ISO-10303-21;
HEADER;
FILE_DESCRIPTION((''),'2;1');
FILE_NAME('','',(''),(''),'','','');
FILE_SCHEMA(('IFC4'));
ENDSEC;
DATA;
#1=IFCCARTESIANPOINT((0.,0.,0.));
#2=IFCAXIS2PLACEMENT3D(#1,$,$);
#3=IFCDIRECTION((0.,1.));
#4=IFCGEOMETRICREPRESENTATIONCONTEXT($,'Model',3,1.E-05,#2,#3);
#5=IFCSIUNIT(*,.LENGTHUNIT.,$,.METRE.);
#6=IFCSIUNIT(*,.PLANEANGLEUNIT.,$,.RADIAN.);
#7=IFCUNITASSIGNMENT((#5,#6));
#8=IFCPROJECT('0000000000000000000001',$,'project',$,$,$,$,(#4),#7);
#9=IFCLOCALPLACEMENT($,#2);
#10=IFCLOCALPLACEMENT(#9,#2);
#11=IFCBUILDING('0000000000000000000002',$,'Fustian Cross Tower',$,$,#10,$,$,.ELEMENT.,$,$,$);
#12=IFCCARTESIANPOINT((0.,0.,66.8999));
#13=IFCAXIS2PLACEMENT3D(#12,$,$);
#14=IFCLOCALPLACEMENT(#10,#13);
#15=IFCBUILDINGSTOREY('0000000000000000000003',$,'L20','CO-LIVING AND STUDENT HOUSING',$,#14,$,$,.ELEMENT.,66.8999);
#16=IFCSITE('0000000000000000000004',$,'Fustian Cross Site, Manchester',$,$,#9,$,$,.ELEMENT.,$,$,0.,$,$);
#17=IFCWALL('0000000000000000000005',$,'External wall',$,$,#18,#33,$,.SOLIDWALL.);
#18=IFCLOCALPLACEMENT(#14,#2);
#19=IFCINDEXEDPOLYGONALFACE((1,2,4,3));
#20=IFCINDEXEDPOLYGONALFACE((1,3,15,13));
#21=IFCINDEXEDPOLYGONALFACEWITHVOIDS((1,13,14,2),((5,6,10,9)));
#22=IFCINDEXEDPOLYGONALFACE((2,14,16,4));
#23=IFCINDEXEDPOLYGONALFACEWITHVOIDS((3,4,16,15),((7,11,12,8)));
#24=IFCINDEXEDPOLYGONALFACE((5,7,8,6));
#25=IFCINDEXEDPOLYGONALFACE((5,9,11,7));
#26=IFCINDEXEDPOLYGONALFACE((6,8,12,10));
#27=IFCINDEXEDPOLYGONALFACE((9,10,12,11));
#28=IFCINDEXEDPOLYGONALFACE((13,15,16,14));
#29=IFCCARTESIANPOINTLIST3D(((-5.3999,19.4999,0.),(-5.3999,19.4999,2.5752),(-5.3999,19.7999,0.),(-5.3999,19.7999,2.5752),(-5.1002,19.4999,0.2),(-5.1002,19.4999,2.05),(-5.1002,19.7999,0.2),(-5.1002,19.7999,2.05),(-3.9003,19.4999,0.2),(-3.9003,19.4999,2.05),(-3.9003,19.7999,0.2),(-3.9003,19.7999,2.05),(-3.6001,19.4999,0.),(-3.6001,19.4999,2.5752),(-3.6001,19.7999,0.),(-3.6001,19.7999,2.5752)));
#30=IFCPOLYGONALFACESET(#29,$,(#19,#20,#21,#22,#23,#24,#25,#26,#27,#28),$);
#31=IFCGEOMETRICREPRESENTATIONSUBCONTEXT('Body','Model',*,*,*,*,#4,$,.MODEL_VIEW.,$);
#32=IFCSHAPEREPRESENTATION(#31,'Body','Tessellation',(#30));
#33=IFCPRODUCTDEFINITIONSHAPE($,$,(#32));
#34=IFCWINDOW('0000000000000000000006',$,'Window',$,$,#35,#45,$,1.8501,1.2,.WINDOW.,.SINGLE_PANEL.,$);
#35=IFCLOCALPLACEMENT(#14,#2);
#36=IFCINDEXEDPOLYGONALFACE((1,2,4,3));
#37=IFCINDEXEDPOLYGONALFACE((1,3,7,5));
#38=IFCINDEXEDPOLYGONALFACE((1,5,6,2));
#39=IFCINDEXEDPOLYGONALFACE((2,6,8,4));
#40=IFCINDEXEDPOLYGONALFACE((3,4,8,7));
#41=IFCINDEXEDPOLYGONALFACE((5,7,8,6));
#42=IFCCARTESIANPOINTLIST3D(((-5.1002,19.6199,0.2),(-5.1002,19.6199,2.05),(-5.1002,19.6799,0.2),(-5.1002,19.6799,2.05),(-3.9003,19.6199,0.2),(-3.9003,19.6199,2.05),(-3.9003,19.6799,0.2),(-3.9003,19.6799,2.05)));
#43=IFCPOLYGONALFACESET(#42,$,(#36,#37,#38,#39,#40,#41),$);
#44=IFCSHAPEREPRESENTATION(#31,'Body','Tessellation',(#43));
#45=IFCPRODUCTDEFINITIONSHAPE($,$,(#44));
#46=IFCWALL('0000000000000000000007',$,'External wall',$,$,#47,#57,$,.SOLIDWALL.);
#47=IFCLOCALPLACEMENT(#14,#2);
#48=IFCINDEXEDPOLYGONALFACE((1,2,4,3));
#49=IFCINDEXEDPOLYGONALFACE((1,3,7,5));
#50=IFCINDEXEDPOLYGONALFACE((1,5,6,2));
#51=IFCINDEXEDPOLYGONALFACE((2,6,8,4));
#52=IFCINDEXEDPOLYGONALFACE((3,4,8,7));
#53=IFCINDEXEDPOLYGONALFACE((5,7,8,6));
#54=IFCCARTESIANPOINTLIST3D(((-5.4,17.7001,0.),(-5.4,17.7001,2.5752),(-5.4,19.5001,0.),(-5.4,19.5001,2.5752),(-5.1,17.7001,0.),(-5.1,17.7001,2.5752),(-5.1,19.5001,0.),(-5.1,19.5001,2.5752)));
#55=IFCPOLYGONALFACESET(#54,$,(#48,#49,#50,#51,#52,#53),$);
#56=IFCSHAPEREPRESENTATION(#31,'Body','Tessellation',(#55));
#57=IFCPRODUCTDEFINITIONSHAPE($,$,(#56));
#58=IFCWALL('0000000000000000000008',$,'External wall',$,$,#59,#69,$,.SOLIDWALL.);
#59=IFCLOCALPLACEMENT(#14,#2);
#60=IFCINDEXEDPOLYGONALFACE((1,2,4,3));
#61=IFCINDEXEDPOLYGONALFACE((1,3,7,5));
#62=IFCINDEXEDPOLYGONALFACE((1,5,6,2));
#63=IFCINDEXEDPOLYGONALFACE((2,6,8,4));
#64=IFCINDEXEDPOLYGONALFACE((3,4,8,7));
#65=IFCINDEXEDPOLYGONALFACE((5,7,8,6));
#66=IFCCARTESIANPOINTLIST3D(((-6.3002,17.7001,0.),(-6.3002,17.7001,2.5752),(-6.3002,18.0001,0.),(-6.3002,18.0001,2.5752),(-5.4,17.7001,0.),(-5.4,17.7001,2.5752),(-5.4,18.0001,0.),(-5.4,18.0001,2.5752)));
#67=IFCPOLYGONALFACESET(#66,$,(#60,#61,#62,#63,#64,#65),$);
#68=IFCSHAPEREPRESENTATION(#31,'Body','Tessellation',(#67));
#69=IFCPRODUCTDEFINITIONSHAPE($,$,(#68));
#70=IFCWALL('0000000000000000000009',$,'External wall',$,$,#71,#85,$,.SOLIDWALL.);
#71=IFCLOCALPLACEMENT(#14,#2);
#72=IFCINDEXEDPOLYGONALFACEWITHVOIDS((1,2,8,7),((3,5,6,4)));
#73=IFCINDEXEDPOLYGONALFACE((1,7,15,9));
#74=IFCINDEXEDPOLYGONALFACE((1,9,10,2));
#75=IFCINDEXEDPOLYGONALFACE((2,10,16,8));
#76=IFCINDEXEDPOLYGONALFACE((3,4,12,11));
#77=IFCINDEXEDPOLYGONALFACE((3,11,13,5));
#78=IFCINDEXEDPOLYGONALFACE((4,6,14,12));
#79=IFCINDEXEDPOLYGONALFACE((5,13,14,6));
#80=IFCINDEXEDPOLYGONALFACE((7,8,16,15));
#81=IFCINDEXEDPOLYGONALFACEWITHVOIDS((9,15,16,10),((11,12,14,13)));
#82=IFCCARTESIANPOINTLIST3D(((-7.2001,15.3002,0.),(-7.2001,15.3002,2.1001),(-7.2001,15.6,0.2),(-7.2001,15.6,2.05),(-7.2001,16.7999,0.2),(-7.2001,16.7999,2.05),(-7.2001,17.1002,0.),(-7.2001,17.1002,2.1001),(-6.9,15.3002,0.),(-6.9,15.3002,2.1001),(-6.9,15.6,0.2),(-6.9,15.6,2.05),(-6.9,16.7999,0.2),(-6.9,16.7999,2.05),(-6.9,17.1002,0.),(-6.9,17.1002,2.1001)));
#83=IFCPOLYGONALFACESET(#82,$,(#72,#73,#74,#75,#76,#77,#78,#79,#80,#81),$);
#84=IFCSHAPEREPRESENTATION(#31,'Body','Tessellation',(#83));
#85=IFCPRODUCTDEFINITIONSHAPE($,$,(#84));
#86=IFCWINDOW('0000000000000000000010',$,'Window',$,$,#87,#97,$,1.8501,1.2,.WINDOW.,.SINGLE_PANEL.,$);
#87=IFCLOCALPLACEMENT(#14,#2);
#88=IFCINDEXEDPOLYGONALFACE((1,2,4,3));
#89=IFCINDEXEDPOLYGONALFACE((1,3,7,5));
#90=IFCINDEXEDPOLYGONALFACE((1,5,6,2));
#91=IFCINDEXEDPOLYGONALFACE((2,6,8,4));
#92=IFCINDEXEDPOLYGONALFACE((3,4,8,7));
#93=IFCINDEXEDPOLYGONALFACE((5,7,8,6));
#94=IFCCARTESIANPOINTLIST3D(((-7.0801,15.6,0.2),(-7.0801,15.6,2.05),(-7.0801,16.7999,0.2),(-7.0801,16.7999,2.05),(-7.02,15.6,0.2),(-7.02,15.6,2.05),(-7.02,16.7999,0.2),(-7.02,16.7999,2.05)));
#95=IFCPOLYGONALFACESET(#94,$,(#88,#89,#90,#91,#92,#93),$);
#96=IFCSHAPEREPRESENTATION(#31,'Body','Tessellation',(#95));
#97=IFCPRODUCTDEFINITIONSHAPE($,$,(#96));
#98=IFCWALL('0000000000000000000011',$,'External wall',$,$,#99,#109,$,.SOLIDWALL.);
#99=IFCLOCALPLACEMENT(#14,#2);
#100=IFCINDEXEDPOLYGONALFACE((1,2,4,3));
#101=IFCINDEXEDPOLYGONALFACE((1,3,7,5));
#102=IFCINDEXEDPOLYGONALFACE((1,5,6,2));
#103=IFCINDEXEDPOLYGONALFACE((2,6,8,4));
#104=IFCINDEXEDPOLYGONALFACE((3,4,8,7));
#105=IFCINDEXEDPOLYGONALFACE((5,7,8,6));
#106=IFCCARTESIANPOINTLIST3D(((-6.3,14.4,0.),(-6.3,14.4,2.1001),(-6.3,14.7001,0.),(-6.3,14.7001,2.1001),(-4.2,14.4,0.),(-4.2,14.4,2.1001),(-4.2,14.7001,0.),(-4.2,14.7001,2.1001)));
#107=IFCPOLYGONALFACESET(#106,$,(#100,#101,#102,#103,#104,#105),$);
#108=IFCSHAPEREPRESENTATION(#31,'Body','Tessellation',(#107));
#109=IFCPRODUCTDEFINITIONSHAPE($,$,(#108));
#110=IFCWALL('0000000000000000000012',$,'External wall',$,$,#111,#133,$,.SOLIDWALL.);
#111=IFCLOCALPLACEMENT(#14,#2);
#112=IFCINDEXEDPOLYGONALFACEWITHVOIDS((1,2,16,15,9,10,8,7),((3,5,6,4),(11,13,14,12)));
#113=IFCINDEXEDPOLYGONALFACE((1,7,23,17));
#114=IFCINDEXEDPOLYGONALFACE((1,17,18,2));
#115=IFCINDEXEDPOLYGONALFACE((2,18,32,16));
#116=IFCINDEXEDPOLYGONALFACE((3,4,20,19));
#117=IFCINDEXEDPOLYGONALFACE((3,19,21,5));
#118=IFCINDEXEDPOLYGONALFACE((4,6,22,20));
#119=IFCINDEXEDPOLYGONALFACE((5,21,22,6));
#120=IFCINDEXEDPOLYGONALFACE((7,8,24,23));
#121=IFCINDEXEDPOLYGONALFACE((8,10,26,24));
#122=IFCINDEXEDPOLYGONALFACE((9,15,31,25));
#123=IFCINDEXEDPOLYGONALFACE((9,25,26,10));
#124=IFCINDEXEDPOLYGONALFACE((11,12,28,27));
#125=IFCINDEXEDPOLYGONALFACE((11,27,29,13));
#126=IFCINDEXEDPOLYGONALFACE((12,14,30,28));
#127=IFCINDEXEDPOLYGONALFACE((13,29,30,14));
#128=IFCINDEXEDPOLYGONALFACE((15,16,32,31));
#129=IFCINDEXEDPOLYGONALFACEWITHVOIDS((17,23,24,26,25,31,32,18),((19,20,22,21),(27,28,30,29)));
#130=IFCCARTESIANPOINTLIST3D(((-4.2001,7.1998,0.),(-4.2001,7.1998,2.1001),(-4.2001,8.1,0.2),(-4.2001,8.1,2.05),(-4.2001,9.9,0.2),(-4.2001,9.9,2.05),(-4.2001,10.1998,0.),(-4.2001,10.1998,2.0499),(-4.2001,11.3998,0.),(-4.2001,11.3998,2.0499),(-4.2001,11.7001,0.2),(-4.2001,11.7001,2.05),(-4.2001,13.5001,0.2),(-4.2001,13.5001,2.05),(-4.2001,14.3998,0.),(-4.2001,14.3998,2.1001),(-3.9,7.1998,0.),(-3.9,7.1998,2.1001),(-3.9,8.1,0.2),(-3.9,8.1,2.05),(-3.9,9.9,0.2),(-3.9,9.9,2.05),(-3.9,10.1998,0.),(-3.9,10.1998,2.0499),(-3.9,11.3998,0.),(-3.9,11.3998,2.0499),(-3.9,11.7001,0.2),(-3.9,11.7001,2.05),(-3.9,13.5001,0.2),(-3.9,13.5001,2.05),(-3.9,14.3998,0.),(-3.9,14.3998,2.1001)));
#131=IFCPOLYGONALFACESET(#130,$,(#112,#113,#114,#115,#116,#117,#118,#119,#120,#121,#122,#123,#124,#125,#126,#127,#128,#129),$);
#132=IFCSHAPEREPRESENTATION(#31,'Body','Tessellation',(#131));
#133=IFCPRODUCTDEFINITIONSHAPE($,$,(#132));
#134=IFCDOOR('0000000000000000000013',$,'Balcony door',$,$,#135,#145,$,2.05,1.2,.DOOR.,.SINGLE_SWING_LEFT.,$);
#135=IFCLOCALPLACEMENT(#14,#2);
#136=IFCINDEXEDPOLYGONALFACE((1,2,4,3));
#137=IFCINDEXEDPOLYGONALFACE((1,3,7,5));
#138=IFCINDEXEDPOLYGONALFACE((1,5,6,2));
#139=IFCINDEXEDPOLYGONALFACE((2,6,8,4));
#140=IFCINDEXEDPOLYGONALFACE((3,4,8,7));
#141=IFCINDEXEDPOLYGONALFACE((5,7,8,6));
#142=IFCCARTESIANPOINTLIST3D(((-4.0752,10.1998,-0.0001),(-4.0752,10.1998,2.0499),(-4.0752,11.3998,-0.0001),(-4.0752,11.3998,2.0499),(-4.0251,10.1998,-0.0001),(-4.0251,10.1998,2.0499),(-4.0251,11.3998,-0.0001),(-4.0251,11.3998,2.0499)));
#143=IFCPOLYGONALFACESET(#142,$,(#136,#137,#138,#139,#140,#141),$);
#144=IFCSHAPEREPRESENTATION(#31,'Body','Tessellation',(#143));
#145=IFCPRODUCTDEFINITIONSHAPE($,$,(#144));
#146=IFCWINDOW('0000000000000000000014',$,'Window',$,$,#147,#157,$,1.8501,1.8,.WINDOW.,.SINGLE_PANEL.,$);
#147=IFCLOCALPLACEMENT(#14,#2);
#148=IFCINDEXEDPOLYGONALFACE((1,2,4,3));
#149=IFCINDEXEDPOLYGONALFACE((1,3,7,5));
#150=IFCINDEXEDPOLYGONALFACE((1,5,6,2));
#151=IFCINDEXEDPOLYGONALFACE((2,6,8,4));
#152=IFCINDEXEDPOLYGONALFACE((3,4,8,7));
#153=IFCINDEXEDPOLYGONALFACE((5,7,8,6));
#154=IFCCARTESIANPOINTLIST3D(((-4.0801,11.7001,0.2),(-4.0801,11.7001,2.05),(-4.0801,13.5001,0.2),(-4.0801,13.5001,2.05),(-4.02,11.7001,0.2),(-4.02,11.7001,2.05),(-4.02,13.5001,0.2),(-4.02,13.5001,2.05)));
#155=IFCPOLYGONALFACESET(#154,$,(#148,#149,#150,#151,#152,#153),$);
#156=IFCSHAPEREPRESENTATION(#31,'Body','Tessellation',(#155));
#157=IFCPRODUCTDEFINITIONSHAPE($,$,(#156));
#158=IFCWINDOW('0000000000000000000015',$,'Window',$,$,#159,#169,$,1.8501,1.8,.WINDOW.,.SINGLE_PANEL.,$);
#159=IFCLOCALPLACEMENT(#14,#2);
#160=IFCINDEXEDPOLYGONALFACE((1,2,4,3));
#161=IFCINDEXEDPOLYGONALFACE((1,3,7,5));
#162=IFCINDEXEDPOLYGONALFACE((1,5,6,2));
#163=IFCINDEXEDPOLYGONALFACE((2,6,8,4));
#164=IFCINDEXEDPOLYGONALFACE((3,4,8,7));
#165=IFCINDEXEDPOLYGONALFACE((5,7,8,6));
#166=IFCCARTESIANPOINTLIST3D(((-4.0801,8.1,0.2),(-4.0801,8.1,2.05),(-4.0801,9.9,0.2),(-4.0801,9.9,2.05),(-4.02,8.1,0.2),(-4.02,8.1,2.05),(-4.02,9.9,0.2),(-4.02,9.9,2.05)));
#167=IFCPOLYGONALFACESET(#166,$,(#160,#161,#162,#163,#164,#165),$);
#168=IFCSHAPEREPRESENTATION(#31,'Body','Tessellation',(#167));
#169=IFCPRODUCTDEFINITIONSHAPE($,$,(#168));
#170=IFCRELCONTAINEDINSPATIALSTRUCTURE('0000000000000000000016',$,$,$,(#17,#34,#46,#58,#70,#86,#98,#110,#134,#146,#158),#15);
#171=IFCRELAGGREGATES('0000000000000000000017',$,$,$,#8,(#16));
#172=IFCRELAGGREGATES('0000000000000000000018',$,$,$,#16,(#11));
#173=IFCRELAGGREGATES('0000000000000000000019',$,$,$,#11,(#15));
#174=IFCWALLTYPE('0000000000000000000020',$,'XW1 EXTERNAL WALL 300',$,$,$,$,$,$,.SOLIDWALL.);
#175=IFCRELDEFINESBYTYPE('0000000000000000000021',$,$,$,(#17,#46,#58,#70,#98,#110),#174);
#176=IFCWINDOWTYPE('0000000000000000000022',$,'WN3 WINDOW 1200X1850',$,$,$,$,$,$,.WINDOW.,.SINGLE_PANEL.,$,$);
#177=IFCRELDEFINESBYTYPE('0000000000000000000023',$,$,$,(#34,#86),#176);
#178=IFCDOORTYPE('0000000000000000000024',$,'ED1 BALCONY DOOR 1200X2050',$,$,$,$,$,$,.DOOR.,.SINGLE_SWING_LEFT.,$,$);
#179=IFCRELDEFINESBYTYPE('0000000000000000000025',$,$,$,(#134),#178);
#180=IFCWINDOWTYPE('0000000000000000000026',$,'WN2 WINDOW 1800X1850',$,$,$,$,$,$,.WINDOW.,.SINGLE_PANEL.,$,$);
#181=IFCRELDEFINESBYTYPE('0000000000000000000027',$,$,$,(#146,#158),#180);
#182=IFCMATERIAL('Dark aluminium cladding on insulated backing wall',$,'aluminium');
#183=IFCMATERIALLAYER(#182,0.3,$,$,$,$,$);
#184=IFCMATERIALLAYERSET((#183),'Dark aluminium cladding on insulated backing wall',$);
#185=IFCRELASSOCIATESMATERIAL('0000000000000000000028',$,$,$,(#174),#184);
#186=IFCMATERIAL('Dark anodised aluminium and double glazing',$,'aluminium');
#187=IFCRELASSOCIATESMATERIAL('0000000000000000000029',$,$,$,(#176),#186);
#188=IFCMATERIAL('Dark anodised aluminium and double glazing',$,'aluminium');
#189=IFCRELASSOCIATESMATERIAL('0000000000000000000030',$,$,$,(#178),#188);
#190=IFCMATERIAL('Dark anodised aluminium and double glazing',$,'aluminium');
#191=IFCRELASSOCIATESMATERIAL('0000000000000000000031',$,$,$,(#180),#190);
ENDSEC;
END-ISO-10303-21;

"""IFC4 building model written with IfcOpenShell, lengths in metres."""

from ifc_helpers import new_model, si_unit, direction, frame, frame_2d, origin, place, context, subcontext, project, spatial, rectangle, extrude, material, layer, layer_set, type_object, element, fill, save


model = new_model("IFC4")

# Units and contexts
model_context = context("Model", 3, precision=1e-05, world=origin(), true_north=direction((0.0, 1.0)))
body_context = subcontext(model_context, "Body", "Model", "MODEL_VIEW")
ifc_project = project(units=[si_unit("LENGTHUNIT", "METRE"), si_unit("PLANEANGLEUNIT", "RADIAN")], contexts=[model_context])

# Site, building, storey
site_placement = place(None, origin())
site = spatial("IfcSite", under=ifc_project, at=site_placement, Name="Fustian Cross Site, Manchester", CompositionType="ELEMENT", RefElevation=0.0)
building_placement = place(site_placement, origin())
building = spatial("IfcBuilding", under=site, at=building_placement, Name="Fustian Cross Tower", CompositionType="ELEMENT")
storey_placement = place(building_placement, frame((0.0, 0.0, 66.8999)))
storey = spatial("IfcBuildingStorey", under=building, at=storey_placement, Name="L20", Description="CO-LIVING AND STUDENT HOUSING", CompositionType="ELEMENT", Elevation=66.8999)

# Wall, opening, window
ifc_material_1 = material(Name="Dark aluminium cladding on insulated backing wall", Category="aluminium")
ifc_layer_1 = layer(ifc_material_1, 0.3)
ifc_layer_set_1 = layer_set([ifc_layer_1], Name="Dark aluminium cladding on insulated backing wall")
wall_type_1 = type_object("IfcWallType", Name="XW1 EXTERNAL WALL 300", PredefinedType="SOLIDWALL", material=ifc_layer_set_1)
wall_1_placement = place(storey_placement, frame((-3.6001, 19.6499, 0.0), z_axis=(0.0, 0.0, 1.0), x_axis=(-1.0, 0.0, 0.0)))
wall_1 = element("IfcWall", 1, at=wall_1_placement, inside=storey, type_object=wall_type_1, Name="External wall", PredefinedType="SOLIDWALL", context=body_context, shape_type="SweptSolid", body=[
    extrude(rectangle(XDim=1.7998, YDim=0.3, at=frame_2d((0.8999, 0.0))), origin(), (0.0, 0.0, 1.0), 2.5752),
])
opening_1_placement = place(wall_1_placement, frame((0.3, 0.0, 0.2)))
opening_1 = element("IfcOpeningElement", 2, at=opening_1_placement, cuts=wall_1, PredefinedType="OPENING", context=body_context, shape_type="SweptSolid", body=[
    extrude(rectangle(XDim=1.2, YDim=1.8501, at=frame_2d((0.6001, 0.925))), frame((0.0, 0.1599, 0.0), z_axis=(0.0, -1.0, 0.0), x_axis=(1.0, 0.0, 0.0)), (0.0, 0.0, 1.0), 0.3201),
])
ifc_material_2 = material(Name="Dark anodised aluminium and double glazing", Category="aluminium")
window_type_1 = type_object("IfcWindowType", Name="WN3 WINDOW 1200X1850", PartitioningType="SINGLE_PANEL", PredefinedType="WINDOW", material=ifc_material_2)
window_1_placement = place(opening_1_placement, origin())
window_1 = element("IfcWindow", 3, at=window_1_placement, inside=storey, type_object=window_type_1, Name="Window", OverallHeight=1.8501, OverallWidth=1.2, PartitioningType="SINGLE_PANEL", PredefinedType="WINDOW", context=body_context, shape_type="SweptSolid", body=[
    extrude(rectangle(XDim=1.2, YDim=1.8501, at=frame_2d((0.6001, 0.925))), frame((0.0, 0.03, 0.0), z_axis=(0.0, -1.0, 0.0), x_axis=(1.0, 0.0, 0.0)), (0.0, 0.0, 1.0), 0.0601),
])
fill(opening_1, window_1)

# Walls
wall_2_placement = place(storey_placement, frame((-5.25, 19.5, 0.0), z_axis=(0.0, 0.0, 1.0), x_axis=(0.0, -1.0, 0.0)))
element("IfcWall", 4, at=wall_2_placement, inside=storey, type_object=wall_type_1, Name="External wall", PredefinedType="SOLIDWALL", context=body_context, shape_type="SweptSolid", body=[
    extrude(rectangle(XDim=1.8, YDim=0.3, at=frame_2d((0.8999, 0.0))), origin(), (0.0, 0.0, 1.0), 2.5752),
])
wall_3_placement = place(storey_placement, frame((-5.3999, 17.8501, 0.0), z_axis=(0.0, 0.0, 1.0), x_axis=(-1.0, 0.0, 0.0)))
element("IfcWall", 5, at=wall_3_placement, inside=storey, type_object=wall_type_1, Name="External wall", PredefinedType="SOLIDWALL", context=body_context, shape_type="SweptSolid", body=[
    extrude(rectangle(XDim=0.9001, YDim=0.3, at=frame_2d((0.4502, 0.0))), origin(), (0.0, 0.0, 1.0), 2.5752),
])

# Wall, opening, window
wall_4_placement = place(storey_placement, frame((-7.05, 17.1001, 0.0), z_axis=(0.0, 0.0, 1.0), x_axis=(0.0, -1.0, 0.0)))
wall_4 = element("IfcWall", 6, at=wall_4_placement, inside=storey, type_object=wall_type_1, Name="External wall", PredefinedType="SOLIDWALL", context=body_context, shape_type="SweptSolid", body=[
    extrude(rectangle(XDim=1.8, YDim=0.3, at=frame_2d((0.8999, 0.0))), origin(), (0.0, 0.0, 1.0), 2.1001),
])
opening_2_placement = place(wall_4_placement, frame((0.3, 0.0, 0.2)))
opening_2 = element("IfcOpeningElement", 7, at=opening_2_placement, cuts=wall_4, PredefinedType="OPENING", context=body_context, shape_type="SweptSolid", body=[
    extrude(rectangle(XDim=1.2, YDim=1.8501, at=frame_2d((0.6001, 0.925))), frame((0.0, 0.1599, 0.0), z_axis=(0.0, -1.0, 0.0), x_axis=(1.0, 0.0, 0.0)), (0.0, 0.0, 1.0), 0.3201),
])
window_2_placement = place(opening_2_placement, origin())
window_2 = element("IfcWindow", 8, at=window_2_placement, inside=storey, type_object=window_type_1, Name="Window", OverallHeight=1.8501, OverallWidth=1.2, PartitioningType="SINGLE_PANEL", PredefinedType="WINDOW", context=body_context, shape_type="SweptSolid", body=[
    extrude(rectangle(XDim=1.2, YDim=1.8501, at=frame_2d((0.6001, 0.925))), frame((0.0, 0.03, 0.0), z_axis=(0.0, -1.0, 0.0), x_axis=(1.0, 0.0, 0.0)), (0.0, 0.0, 1.0), 0.0601),
])
fill(opening_2, window_2)

# Wall
wall_5_placement = place(storey_placement, frame((-6.3, 14.55, 0.0), z_axis=(0.0, 0.0, 1.0), x_axis=(1.0, 0.0, 0.0)))
element("IfcWall", 9, at=wall_5_placement, inside=storey, type_object=wall_type_1, Name="External wall", PredefinedType="SOLIDWALL", context=body_context, shape_type="SweptSolid", body=[
    extrude(rectangle(XDim=2.1001, YDim=0.3, at=frame_2d((1.05, 0.0))), origin(), (0.0, 0.0, 1.0), 2.1001),
])

# Wall, openings, door, windows
wall_6_placement = place(storey_placement, frame((-4.05, 14.3999, 0.0), z_axis=(0.0, 0.0, 1.0), x_axis=(0.0, -1.0, 0.0)))
wall_6 = element("IfcWall", 10, at=wall_6_placement, inside=storey, type_object=wall_type_1, Name="External wall", PredefinedType="SOLIDWALL", context=body_context, shape_type="SweptSolid", body=[
    extrude(rectangle(XDim=7.2, YDim=0.3, at=frame_2d((3.6001, 0.0))), origin(), (0.0, 0.0, 1.0), 2.1001),
])
opening_3_placement = place(wall_6_placement, frame((3.0, 0.0, 0.0)))
opening_3 = element("IfcOpeningElement", 11, at=opening_3_placement, cuts=wall_6, PredefinedType="OPENING", context=body_context, shape_type="SweptSolid", body=[
    extrude(rectangle(XDim=1.2, YDim=2.05, at=frame_2d((0.6001, 1.0249))), frame((0.0, 0.1599, 0.0), z_axis=(0.0, -1.0, 0.0), x_axis=(1.0, 0.0, 0.0)), (0.0, 0.0, 1.0), 0.3201),
])
opening_4_placement = place(wall_6_placement, frame((0.8999, 0.0, 0.2)))
opening_4 = element("IfcOpeningElement", 12, at=opening_4_placement, cuts=wall_6, PredefinedType="OPENING", context=body_context, shape_type="SweptSolid", body=[
    extrude(rectangle(XDim=1.8, YDim=1.8501, at=frame_2d((0.8999, 0.925))), frame((0.0, 0.1599, 0.0), z_axis=(0.0, -1.0, 0.0), x_axis=(1.0, 0.0, 0.0)), (0.0, 0.0, 1.0), 0.3201),
])
opening_5_placement = place(wall_6_placement, frame((4.5, 0.0, 0.2)))
opening_5 = element("IfcOpeningElement", 13, at=opening_5_placement, cuts=wall_6, PredefinedType="OPENING", context=body_context, shape_type="SweptSolid", body=[
    extrude(rectangle(XDim=1.8, YDim=1.8501, at=frame_2d((0.8999, 0.925))), frame((0.0, 0.1599, 0.0), z_axis=(0.0, -1.0, 0.0), x_axis=(1.0, 0.0, 0.0)), (0.0, 0.0, 1.0), 0.3201),
])
ifc_material_3 = material(Name="Dark anodised aluminium and double glazing", Category="aluminium")
door_type_1 = type_object("IfcDoorType", Name="ED1 BALCONY DOOR 1200X2050", OperationType="SINGLE_SWING_LEFT", PredefinedType="DOOR", material=ifc_material_3)
door_1_placement = place(opening_3_placement, origin())
door_1 = element("IfcDoor", 14, at=door_1_placement, inside=storey, type_object=door_type_1, Name="Balcony door", OperationType="SINGLE_SWING_LEFT", OverallHeight=2.05, OverallWidth=1.2, PredefinedType="DOOR", context=body_context, shape_type="SweptSolid", body=[
    extrude(rectangle(XDim=1.2, YDim=2.05, at=frame_2d((0.6001, 1.0249))), frame((0.0, 0.0249, 0.0), z_axis=(0.0, -1.0, 0.0), x_axis=(1.0, 0.0, 0.0)), (0.0, 0.0, 1.0), 0.05),
])
fill(opening_3, door_1)
ifc_material_4 = material(Name="Dark anodised aluminium and double glazing", Category="aluminium")
window_type_2 = type_object("IfcWindowType", Name="WN2 WINDOW 1800X1850", PartitioningType="SINGLE_PANEL", PredefinedType="WINDOW", material=ifc_material_4)
window_3_placement = place(opening_4_placement, origin())
window_3 = element("IfcWindow", 15, at=window_3_placement, inside=storey, type_object=window_type_2, Name="Window", OverallHeight=1.8501, OverallWidth=1.8, PartitioningType="SINGLE_PANEL", PredefinedType="WINDOW", context=body_context, shape_type="SweptSolid", body=[
    extrude(rectangle(XDim=1.8, YDim=1.8501, at=frame_2d((0.8999, 0.925))), frame((0.0, 0.03, 0.0), z_axis=(0.0, -1.0, 0.0), x_axis=(1.0, 0.0, 0.0)), (0.0, 0.0, 1.0), 0.0601),
])
fill(opening_4, window_3)
window_4_placement = place(opening_5_placement, origin())
window_4 = element("IfcWindow", 16, at=window_4_placement, inside=storey, type_object=window_type_2, Name="Window", OverallHeight=1.8501, OverallWidth=1.8, PartitioningType="SINGLE_PANEL", PredefinedType="WINDOW", context=body_context, shape_type="SweptSolid", body=[
    extrude(rectangle(XDim=1.8, YDim=1.8501, at=frame_2d((0.8999, 0.925))), frame((0.0, 0.03, 0.0), z_axis=(0.0, -1.0, 0.0), x_axis=(1.0, 0.0, 0.0)), (0.0, 0.0, 1.0), 0.0601),
])
fill(opening_5, window_4)

save(model, "model.ifc")
